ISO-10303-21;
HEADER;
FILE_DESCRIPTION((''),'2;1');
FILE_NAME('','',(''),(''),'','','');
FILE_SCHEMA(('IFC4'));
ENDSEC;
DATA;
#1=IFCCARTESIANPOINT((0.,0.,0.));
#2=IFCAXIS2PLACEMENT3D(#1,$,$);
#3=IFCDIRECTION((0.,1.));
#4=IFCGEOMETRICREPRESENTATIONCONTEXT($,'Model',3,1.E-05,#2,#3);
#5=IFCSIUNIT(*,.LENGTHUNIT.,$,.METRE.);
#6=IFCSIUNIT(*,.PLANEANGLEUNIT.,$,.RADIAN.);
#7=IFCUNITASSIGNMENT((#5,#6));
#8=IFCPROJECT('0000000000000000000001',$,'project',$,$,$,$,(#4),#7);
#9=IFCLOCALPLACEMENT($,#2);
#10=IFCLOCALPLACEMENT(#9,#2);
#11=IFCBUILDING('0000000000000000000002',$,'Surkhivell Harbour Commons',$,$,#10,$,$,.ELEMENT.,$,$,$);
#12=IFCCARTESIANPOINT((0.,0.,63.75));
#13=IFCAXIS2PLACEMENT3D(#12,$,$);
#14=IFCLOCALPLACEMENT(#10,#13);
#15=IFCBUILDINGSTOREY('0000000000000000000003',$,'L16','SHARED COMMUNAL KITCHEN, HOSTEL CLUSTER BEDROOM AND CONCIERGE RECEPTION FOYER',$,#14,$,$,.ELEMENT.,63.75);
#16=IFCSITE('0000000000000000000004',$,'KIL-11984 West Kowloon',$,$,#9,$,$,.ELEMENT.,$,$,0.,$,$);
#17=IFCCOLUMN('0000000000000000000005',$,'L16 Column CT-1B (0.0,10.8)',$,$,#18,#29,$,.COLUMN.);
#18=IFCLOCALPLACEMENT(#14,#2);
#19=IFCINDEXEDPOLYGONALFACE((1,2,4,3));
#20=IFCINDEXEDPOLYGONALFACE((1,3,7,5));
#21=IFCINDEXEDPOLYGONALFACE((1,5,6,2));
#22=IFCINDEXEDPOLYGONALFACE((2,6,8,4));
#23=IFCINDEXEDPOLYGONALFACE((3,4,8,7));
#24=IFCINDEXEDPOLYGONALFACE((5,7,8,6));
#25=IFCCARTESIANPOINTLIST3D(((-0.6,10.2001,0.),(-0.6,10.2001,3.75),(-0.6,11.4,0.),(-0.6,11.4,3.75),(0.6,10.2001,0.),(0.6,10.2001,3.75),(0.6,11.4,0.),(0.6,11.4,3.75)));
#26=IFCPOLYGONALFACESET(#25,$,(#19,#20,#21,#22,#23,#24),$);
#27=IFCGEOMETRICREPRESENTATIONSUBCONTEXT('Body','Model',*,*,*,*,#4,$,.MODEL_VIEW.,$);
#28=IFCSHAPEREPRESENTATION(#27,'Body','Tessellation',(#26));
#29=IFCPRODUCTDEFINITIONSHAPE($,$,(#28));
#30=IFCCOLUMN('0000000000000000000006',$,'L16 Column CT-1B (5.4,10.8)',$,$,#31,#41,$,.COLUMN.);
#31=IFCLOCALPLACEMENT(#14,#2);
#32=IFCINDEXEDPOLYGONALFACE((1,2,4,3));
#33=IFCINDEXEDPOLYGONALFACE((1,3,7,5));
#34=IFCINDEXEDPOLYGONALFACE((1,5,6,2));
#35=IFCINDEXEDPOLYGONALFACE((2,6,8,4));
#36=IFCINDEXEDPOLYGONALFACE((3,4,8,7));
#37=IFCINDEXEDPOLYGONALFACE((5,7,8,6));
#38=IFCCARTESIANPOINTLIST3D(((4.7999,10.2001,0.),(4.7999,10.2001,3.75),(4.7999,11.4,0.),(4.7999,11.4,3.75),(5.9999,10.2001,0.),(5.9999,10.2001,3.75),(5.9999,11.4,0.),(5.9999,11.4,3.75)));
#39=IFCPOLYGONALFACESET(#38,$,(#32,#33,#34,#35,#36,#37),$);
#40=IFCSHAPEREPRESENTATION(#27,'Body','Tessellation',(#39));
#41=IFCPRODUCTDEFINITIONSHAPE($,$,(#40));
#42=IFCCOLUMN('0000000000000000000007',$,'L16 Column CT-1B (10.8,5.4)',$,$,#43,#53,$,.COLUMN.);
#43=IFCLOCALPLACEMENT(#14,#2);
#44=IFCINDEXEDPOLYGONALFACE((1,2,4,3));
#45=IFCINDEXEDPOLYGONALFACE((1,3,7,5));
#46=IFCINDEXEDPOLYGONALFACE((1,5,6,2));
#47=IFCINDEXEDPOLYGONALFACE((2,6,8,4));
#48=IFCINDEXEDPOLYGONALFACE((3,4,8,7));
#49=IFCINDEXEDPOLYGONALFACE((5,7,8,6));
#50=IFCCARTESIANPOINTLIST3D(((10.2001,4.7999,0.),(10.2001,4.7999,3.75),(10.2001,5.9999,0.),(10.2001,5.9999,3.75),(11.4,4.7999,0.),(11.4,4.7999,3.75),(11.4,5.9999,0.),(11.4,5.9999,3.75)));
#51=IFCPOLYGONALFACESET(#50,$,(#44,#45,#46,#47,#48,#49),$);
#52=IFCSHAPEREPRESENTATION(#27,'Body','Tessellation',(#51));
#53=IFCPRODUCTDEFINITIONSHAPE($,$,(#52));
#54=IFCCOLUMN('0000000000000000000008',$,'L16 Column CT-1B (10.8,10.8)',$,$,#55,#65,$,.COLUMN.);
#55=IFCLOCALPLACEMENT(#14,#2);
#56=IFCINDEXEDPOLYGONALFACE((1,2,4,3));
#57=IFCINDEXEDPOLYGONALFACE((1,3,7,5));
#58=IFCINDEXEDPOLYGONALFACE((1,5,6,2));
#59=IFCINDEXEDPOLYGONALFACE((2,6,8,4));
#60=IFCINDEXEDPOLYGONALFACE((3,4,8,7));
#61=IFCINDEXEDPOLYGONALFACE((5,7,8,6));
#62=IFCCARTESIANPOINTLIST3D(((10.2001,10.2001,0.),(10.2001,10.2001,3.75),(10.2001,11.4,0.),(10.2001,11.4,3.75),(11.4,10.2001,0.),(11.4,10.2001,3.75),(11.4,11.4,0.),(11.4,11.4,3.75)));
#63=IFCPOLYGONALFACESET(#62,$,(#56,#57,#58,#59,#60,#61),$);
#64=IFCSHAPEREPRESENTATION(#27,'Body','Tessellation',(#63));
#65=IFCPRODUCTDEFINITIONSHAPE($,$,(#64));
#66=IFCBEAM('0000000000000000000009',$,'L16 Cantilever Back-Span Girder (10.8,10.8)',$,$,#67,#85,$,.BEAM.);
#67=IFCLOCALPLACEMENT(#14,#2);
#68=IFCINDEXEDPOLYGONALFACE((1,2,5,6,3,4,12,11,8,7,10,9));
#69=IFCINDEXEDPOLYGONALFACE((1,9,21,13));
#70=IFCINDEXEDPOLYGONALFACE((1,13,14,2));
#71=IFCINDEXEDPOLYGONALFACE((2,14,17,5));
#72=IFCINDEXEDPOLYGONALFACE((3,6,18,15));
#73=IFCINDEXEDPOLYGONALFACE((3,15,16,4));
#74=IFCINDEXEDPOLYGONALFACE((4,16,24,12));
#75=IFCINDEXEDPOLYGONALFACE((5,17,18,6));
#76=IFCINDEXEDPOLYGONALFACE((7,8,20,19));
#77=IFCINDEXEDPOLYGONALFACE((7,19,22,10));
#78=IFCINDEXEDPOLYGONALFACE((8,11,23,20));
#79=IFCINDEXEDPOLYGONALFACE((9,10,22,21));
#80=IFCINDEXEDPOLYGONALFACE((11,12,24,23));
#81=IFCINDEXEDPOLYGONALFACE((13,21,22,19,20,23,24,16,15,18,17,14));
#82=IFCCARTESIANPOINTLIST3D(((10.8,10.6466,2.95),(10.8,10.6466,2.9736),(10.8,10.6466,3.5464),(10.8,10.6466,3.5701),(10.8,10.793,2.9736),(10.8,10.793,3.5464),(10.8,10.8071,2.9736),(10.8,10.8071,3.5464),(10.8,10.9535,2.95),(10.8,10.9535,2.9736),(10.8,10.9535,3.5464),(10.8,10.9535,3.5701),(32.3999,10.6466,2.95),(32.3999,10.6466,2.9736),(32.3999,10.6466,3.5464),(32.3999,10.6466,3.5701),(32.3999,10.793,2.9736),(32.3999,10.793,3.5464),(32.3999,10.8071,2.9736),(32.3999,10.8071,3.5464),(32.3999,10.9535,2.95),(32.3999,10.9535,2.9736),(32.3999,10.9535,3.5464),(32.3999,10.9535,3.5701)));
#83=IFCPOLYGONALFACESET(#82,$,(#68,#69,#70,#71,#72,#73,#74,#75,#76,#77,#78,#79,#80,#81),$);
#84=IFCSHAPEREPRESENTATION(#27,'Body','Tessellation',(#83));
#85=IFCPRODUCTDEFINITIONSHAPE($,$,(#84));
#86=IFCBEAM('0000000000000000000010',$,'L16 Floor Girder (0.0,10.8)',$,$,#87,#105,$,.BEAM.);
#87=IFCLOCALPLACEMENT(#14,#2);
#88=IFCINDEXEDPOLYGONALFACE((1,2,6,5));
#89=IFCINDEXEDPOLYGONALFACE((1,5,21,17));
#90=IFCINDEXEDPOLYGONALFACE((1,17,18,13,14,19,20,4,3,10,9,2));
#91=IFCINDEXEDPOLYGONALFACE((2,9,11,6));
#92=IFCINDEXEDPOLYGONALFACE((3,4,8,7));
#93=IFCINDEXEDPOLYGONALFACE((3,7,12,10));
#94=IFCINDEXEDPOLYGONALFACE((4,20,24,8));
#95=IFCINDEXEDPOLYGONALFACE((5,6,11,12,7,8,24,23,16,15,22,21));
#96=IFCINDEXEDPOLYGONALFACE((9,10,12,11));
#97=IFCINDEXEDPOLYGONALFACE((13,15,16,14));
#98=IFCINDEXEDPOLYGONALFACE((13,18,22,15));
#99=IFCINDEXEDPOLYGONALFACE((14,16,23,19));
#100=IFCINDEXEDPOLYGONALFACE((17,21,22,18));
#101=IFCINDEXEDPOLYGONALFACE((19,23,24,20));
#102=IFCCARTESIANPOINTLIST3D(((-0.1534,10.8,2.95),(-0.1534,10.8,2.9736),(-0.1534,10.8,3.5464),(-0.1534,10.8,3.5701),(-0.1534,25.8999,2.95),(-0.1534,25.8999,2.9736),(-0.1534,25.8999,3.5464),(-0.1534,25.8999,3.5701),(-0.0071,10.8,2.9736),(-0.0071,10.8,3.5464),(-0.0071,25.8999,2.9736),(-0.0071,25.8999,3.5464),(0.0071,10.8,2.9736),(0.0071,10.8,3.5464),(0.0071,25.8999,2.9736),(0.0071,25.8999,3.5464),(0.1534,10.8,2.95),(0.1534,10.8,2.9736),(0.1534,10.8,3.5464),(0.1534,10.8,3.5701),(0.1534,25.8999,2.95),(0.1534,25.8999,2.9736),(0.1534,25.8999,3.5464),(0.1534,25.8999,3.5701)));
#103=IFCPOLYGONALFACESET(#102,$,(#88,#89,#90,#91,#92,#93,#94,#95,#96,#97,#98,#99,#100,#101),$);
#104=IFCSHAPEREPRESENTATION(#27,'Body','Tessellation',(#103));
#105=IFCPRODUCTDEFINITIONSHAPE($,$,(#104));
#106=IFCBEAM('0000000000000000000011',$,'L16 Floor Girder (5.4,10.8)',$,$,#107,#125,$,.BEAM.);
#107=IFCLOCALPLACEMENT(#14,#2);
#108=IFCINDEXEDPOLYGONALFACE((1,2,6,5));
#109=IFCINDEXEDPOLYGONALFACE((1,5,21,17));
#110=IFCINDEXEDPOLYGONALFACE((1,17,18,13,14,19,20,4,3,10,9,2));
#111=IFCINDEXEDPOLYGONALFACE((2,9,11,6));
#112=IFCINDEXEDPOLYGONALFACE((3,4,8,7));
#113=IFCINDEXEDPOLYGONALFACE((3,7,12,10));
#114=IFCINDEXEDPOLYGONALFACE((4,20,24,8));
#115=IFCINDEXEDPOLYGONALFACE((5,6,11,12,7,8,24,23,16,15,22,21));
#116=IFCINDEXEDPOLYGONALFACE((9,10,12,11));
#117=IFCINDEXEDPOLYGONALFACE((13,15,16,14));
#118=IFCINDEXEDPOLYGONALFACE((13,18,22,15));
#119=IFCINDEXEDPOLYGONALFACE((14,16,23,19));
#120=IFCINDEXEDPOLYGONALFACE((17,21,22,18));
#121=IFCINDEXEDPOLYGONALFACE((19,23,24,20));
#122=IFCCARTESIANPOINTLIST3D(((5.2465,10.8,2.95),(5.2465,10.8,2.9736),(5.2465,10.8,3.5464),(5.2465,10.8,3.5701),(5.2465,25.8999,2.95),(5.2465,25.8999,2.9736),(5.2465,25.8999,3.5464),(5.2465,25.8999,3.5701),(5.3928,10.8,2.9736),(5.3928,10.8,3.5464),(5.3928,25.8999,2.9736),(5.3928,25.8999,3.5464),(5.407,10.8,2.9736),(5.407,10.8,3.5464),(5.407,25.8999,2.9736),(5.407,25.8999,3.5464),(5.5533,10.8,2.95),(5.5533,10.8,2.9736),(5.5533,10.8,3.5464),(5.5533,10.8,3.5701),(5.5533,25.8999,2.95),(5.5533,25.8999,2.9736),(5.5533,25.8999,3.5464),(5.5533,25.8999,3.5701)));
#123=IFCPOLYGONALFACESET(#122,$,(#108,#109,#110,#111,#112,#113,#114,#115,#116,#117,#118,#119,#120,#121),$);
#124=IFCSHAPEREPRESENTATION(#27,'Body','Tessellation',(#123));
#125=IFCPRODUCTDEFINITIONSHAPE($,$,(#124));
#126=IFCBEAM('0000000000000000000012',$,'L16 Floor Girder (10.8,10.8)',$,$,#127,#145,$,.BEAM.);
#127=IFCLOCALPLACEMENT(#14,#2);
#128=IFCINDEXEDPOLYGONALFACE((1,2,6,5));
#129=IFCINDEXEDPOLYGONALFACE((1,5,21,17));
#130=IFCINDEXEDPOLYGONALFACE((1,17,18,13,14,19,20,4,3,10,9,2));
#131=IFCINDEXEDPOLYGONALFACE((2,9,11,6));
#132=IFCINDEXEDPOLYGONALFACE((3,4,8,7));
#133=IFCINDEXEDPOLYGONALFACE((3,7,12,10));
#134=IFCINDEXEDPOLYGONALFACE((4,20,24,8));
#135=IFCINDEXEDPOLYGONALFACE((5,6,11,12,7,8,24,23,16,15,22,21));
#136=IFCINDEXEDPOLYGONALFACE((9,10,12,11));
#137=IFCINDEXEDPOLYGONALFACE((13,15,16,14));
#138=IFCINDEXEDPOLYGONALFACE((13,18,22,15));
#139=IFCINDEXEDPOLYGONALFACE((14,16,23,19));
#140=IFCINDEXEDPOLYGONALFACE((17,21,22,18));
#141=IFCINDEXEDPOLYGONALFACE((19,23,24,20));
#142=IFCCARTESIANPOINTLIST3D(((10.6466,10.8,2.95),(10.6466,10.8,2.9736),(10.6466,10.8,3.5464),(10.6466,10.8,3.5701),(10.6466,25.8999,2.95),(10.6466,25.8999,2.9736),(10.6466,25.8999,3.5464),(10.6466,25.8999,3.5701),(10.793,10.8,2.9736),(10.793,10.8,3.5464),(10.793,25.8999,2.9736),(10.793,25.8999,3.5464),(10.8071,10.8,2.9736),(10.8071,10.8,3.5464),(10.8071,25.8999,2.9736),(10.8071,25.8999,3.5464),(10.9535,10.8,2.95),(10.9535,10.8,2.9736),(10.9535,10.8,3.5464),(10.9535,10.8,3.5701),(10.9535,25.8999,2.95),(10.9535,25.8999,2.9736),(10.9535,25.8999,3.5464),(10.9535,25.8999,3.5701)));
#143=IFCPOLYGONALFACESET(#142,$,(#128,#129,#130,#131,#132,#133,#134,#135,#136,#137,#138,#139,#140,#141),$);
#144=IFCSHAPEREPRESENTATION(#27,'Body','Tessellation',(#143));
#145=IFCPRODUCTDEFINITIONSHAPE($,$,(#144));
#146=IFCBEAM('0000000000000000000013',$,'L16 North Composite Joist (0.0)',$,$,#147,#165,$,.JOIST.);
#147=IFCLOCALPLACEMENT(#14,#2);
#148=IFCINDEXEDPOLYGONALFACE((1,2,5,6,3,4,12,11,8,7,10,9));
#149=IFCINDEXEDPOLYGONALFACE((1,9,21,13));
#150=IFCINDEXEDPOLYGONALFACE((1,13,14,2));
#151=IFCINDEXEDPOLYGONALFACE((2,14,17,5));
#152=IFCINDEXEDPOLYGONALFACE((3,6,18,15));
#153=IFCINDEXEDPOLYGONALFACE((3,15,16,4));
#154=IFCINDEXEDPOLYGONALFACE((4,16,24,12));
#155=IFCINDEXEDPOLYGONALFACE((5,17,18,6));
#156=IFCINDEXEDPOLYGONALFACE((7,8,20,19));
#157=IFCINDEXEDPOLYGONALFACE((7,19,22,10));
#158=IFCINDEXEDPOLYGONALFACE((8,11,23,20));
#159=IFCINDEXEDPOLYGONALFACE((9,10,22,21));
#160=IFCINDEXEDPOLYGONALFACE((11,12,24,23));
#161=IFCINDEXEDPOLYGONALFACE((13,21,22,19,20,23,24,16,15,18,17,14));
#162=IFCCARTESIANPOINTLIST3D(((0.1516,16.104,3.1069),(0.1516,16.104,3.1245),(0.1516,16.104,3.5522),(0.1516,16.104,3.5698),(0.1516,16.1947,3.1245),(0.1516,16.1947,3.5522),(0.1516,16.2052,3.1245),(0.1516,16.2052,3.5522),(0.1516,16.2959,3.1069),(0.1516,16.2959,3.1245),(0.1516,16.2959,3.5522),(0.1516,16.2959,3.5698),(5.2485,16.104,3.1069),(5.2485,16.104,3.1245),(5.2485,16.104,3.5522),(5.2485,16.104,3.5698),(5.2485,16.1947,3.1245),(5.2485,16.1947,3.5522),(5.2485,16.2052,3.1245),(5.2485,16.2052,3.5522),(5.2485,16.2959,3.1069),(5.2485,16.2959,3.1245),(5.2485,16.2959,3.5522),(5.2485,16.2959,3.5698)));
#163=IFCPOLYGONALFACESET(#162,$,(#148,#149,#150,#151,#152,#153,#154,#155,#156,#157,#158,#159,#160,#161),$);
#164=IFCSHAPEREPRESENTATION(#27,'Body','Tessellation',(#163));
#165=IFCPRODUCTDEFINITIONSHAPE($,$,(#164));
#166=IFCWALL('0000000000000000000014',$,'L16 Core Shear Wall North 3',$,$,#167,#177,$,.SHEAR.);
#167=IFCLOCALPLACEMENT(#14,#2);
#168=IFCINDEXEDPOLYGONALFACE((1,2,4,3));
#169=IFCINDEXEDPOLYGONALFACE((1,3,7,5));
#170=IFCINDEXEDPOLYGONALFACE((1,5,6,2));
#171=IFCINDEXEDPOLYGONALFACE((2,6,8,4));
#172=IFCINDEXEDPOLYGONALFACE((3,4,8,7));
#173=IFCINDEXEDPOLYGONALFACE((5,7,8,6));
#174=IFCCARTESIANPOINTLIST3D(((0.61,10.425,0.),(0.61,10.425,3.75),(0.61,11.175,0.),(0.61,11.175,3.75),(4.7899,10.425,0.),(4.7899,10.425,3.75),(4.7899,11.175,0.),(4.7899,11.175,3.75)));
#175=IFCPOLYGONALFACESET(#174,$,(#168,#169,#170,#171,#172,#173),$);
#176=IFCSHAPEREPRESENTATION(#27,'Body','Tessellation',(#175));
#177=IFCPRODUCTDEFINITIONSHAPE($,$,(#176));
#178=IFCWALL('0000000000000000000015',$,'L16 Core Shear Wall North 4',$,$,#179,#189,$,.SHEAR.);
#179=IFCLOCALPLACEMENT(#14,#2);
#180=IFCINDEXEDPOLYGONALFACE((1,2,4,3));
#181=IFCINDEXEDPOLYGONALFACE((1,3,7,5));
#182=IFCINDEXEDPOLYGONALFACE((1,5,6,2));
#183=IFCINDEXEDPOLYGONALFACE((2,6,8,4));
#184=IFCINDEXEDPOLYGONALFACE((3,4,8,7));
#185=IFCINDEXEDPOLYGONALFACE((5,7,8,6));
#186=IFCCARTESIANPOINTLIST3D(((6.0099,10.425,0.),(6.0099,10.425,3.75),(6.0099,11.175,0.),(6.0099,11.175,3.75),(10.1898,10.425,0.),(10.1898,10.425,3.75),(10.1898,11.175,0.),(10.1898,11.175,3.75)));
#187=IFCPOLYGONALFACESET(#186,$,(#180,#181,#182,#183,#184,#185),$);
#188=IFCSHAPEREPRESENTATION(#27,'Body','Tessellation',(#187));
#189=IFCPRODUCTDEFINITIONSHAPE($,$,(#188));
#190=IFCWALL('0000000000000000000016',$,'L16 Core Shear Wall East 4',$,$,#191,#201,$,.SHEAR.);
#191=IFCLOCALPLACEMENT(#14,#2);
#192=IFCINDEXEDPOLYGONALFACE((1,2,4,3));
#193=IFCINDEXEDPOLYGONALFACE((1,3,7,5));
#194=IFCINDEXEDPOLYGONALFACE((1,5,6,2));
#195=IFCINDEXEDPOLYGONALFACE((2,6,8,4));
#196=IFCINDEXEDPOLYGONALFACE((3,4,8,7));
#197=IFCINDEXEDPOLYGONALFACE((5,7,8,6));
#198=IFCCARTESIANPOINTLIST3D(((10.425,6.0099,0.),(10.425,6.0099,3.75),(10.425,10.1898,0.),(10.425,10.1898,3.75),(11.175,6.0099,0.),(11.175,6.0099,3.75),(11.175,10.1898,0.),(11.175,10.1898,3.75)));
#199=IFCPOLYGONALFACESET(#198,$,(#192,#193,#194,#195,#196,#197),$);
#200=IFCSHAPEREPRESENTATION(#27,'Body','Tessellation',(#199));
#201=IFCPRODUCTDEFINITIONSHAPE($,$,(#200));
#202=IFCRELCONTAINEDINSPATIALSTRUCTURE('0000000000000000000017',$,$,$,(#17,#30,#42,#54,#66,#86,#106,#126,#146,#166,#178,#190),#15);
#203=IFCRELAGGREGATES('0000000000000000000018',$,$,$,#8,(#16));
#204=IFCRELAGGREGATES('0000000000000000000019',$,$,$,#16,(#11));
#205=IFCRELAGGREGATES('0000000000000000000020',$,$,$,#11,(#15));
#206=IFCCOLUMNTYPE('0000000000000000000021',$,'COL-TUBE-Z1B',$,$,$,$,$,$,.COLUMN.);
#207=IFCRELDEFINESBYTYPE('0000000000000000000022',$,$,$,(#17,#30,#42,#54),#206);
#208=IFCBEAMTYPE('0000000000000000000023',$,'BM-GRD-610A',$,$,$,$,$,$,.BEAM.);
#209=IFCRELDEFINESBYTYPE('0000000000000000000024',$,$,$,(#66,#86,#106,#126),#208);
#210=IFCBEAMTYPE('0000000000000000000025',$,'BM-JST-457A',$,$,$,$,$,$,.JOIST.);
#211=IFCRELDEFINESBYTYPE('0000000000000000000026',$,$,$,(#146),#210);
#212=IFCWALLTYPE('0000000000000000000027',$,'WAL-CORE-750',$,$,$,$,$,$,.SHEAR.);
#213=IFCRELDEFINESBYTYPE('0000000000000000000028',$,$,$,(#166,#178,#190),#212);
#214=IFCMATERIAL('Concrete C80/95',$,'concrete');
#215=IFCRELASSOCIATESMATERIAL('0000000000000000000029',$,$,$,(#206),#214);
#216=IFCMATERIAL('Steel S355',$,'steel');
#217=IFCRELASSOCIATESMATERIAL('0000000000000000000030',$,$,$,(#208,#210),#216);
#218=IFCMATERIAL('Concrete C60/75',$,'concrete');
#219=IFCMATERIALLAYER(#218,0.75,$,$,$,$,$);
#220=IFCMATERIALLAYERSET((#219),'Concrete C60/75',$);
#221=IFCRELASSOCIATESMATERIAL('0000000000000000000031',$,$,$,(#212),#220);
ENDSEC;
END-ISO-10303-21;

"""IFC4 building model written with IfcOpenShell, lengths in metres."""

from ifc_helpers import new_model, si_unit, direction, frame, frame_2d, origin, origin_2d, place, context, subcontext, project, spatial, rectangle, i_section, extrude, material, layer, layer_set, material_profile, profile_set, type_object, element, save


model = new_model("IFC4")

# Units and contexts
model_context = context("Model", 3, precision=1e-05, world=origin(), true_north=direction((0.0, 1.0)))
body_context = subcontext(model_context, "Body", "Model", "MODEL_VIEW")
ifc_project = project(units=[si_unit("LENGTHUNIT", "METRE"), si_unit("PLANEANGLEUNIT", "RADIAN")], contexts=[model_context])

# Site, building, storey
site_placement = place(None, origin())
site = spatial("IfcSite", under=ifc_project, at=site_placement, Name="KIL-11984 West Kowloon", CompositionType="ELEMENT", RefElevation=0.0)
building_placement = place(site_placement, origin())
building = spatial("IfcBuilding", under=site, at=building_placement, Name="Surkhivell Harbour Commons", CompositionType="ELEMENT")
storey_placement = place(building_placement, frame((0.0, 0.0, 63.75)))
storey = spatial("IfcBuildingStorey", under=building, at=storey_placement, Name="L16", Description="SHARED COMMUNAL KITCHEN, HOSTEL CLUSTER BEDROOM AND CONCIERGE RECEPTION FOYER", CompositionType="ELEMENT", Elevation=63.75)

# Columns
ifc_material_1 = material(Name="Concrete C80/95", Category="concrete")
ifc_material_profile_1 = material_profile(ifc_material_1, rectangle(XDim=1.2, YDim=1.2, at=origin_2d()), Name="RC-COL-1200x1200")
ifc_profile_set_1 = profile_set([ifc_material_profile_1], Name="Concrete C80/95")
column_type = type_object("IfcColumnType", Name="COL-TUBE-Z1B", PredefinedType="COLUMN", material=ifc_profile_set_1)
for number, where, z_axis, x_axis, name in (
    (1, (0.0, 10.8, 0.0), (0.0, 0.0, 1.0), (1.0, 0.0, 0.0), "L16 Column CT-1B (0.0,10.8)"),
    (2, (5.3999, 10.8, 0.0), (0.0, 0.0, 1.0), (1.0, 0.0, 0.0), "L16 Column CT-1B (5.4,10.8)"),
    (3, (10.8, 5.3999, 0.0), (0.0, 0.0, 1.0), (1.0, 0.0, 0.0), "L16 Column CT-1B (10.8,5.4)"),
    (4, (10.8, 10.8, 0.0), (0.0, 0.0, 1.0), (1.0, 0.0, 0.0), "L16 Column CT-1B (10.8,10.8)"),
):
    element("IfcColumn", number, at=place(storey_placement, frame(where, z_axis=z_axis, x_axis=x_axis)), inside=storey, type_object=column_type, Name=name, PredefinedType="COLUMN", context=body_context, shape_type="SweptSolid", body=[
        extrude(rectangle(XDim=1.2, YDim=1.2, at=origin_2d()), origin(), (0.0, 0.0, 1.0), 3.75),
    ])

# Beams
ifc_material_2 = material(Name="Steel S355", Category="steel")
ifc_material_profile_2 = material_profile(ifc_material_2, i_section(OverallWidth=0.3069, OverallDepth=0.6201, WebThickness=0.0142, FlangeThickness=0.0237, at=origin_2d()), Name="UB610x305x179")
ifc_profile_set_2 = profile_set([ifc_material_profile_2], Name="Steel S355")
beam_type_1 = type_object("IfcBeamType", Name="BM-GRD-610A", PredefinedType="BEAM", material=ifc_profile_set_2)
beam_1_placement = place(storey_placement, frame((10.8, 10.8, 3.26), z_axis=(1.0, 0.0, 0.0), x_axis=(0.0, 1.0, 0.0)))
element("IfcBeam", 5, at=beam_1_placement, inside=storey, type_object=beam_type_1, Name="L16 Cantilever Back-Span Girder (10.8,10.8)", PredefinedType="BEAM", context=body_context, shape_type="SweptSolid", body=[
    extrude(i_section(OverallWidth=0.3069, OverallDepth=0.6201, WebThickness=0.0142, FlangeThickness=0.0237, at=origin_2d()), origin(), (0.0, 0.0, 1.0), 21.5999),
])
for number, where, z_axis, x_axis, name in (
    (6, (0.0, 10.8, 3.26), (0.0, 1.0, 0.0), (-1.0, 0.0, 0.0), "L16 Floor Girder (0.0,10.8)"),
    (7, (5.3999, 10.8, 3.26), (0.0, 1.0, 0.0), (-1.0, 0.0, 0.0), "L16 Floor Girder (5.4,10.8)"),
    (8, (10.8, 10.8, 3.26), (0.0, 1.0, 0.0), (-1.0, 0.0, 0.0), "L16 Floor Girder (10.8,10.8)"),
):
    element("IfcBeam", number, at=place(storey_placement, frame(where, z_axis=z_axis, x_axis=x_axis)), inside=storey, type_object=beam_type_1, Name=name, PredefinedType="BEAM", context=body_context, shape_type="SweptSolid", body=[
        extrude(i_section(OverallWidth=0.3069, OverallDepth=0.6201, WebThickness=0.0142, FlangeThickness=0.0237, at=origin_2d()), origin(), (0.0, 0.0, 1.0), 15.0999),
    ])
ifc_material_profile_3 = material_profile(ifc_material_2, i_section(OverallWidth=0.1919, OverallDepth=0.4629, WebThickness=0.0105, FlangeThickness=0.0176, at=origin_2d()), Name="UB457x191x89")
ifc_profile_set_3 = profile_set([ifc_material_profile_3], Name="Steel S355")
beam_type_2 = type_object("IfcBeamType", Name="BM-JST-457A", PredefinedType="JOIST", material=ifc_profile_set_3)
beam_2_placement = place(storey_placement, frame((0.1516, 16.2, 3.3384), z_axis=(1.0, 0.0, 0.0), x_axis=(0.0, 1.0, 0.0)))
element("IfcBeam", 9, at=beam_2_placement, inside=storey, type_object=beam_type_2, Name="L16 North Composite Joist (0.0)", PredefinedType="JOIST", context=body_context, shape_type="SweptSolid", body=[
    extrude(i_section(OverallWidth=0.1919, OverallDepth=0.4629, WebThickness=0.0105, FlangeThickness=0.0176, at=origin_2d()), origin(), (0.0, 0.0, 1.0), 5.0969),
])

# Walls
ifc_material_3 = material(Name="Concrete C60/75", Category="concrete")
ifc_layer_1 = layer(ifc_material_3, 0.75)
ifc_layer_set_1 = layer_set([ifc_layer_1], Name="Concrete C60/75")
wall_type_1 = type_object("IfcWallType", Name="WAL-CORE-750", PredefinedType="SHEAR", material=ifc_layer_set_1)
for number, where, z_axis, x_axis, name in (
    (10, (0.6101, 10.8, 0.0), (0.0, 0.0, 1.0), (1.0, 0.0, 0.0), "L16 Core Shear Wall North 3"),
    (11, (6.01, 10.8, 0.0), (0.0, 0.0, 1.0), (1.0, 0.0, 0.0), "L16 Core Shear Wall North 4"),
    (12, (10.8, 6.01, 0.0), (0.0, 0.0, 1.0), (0.0, 1.0, 0.0), "L16 Core Shear Wall East 4"),
):
    element("IfcWall", number, at=place(storey_placement, frame(where, z_axis=z_axis, x_axis=x_axis)), inside=storey, type_object=wall_type_1, Name=name, PredefinedType="SHEAR", context=body_context, shape_type="SweptSolid", body=[
        extrude(rectangle(XDim=4.1799, YDim=0.75, at=frame_2d((2.0898, 0.0))), origin(), (0.0, 0.0, 1.0), 3.75),
    ])

save(model, "model.ifc")
